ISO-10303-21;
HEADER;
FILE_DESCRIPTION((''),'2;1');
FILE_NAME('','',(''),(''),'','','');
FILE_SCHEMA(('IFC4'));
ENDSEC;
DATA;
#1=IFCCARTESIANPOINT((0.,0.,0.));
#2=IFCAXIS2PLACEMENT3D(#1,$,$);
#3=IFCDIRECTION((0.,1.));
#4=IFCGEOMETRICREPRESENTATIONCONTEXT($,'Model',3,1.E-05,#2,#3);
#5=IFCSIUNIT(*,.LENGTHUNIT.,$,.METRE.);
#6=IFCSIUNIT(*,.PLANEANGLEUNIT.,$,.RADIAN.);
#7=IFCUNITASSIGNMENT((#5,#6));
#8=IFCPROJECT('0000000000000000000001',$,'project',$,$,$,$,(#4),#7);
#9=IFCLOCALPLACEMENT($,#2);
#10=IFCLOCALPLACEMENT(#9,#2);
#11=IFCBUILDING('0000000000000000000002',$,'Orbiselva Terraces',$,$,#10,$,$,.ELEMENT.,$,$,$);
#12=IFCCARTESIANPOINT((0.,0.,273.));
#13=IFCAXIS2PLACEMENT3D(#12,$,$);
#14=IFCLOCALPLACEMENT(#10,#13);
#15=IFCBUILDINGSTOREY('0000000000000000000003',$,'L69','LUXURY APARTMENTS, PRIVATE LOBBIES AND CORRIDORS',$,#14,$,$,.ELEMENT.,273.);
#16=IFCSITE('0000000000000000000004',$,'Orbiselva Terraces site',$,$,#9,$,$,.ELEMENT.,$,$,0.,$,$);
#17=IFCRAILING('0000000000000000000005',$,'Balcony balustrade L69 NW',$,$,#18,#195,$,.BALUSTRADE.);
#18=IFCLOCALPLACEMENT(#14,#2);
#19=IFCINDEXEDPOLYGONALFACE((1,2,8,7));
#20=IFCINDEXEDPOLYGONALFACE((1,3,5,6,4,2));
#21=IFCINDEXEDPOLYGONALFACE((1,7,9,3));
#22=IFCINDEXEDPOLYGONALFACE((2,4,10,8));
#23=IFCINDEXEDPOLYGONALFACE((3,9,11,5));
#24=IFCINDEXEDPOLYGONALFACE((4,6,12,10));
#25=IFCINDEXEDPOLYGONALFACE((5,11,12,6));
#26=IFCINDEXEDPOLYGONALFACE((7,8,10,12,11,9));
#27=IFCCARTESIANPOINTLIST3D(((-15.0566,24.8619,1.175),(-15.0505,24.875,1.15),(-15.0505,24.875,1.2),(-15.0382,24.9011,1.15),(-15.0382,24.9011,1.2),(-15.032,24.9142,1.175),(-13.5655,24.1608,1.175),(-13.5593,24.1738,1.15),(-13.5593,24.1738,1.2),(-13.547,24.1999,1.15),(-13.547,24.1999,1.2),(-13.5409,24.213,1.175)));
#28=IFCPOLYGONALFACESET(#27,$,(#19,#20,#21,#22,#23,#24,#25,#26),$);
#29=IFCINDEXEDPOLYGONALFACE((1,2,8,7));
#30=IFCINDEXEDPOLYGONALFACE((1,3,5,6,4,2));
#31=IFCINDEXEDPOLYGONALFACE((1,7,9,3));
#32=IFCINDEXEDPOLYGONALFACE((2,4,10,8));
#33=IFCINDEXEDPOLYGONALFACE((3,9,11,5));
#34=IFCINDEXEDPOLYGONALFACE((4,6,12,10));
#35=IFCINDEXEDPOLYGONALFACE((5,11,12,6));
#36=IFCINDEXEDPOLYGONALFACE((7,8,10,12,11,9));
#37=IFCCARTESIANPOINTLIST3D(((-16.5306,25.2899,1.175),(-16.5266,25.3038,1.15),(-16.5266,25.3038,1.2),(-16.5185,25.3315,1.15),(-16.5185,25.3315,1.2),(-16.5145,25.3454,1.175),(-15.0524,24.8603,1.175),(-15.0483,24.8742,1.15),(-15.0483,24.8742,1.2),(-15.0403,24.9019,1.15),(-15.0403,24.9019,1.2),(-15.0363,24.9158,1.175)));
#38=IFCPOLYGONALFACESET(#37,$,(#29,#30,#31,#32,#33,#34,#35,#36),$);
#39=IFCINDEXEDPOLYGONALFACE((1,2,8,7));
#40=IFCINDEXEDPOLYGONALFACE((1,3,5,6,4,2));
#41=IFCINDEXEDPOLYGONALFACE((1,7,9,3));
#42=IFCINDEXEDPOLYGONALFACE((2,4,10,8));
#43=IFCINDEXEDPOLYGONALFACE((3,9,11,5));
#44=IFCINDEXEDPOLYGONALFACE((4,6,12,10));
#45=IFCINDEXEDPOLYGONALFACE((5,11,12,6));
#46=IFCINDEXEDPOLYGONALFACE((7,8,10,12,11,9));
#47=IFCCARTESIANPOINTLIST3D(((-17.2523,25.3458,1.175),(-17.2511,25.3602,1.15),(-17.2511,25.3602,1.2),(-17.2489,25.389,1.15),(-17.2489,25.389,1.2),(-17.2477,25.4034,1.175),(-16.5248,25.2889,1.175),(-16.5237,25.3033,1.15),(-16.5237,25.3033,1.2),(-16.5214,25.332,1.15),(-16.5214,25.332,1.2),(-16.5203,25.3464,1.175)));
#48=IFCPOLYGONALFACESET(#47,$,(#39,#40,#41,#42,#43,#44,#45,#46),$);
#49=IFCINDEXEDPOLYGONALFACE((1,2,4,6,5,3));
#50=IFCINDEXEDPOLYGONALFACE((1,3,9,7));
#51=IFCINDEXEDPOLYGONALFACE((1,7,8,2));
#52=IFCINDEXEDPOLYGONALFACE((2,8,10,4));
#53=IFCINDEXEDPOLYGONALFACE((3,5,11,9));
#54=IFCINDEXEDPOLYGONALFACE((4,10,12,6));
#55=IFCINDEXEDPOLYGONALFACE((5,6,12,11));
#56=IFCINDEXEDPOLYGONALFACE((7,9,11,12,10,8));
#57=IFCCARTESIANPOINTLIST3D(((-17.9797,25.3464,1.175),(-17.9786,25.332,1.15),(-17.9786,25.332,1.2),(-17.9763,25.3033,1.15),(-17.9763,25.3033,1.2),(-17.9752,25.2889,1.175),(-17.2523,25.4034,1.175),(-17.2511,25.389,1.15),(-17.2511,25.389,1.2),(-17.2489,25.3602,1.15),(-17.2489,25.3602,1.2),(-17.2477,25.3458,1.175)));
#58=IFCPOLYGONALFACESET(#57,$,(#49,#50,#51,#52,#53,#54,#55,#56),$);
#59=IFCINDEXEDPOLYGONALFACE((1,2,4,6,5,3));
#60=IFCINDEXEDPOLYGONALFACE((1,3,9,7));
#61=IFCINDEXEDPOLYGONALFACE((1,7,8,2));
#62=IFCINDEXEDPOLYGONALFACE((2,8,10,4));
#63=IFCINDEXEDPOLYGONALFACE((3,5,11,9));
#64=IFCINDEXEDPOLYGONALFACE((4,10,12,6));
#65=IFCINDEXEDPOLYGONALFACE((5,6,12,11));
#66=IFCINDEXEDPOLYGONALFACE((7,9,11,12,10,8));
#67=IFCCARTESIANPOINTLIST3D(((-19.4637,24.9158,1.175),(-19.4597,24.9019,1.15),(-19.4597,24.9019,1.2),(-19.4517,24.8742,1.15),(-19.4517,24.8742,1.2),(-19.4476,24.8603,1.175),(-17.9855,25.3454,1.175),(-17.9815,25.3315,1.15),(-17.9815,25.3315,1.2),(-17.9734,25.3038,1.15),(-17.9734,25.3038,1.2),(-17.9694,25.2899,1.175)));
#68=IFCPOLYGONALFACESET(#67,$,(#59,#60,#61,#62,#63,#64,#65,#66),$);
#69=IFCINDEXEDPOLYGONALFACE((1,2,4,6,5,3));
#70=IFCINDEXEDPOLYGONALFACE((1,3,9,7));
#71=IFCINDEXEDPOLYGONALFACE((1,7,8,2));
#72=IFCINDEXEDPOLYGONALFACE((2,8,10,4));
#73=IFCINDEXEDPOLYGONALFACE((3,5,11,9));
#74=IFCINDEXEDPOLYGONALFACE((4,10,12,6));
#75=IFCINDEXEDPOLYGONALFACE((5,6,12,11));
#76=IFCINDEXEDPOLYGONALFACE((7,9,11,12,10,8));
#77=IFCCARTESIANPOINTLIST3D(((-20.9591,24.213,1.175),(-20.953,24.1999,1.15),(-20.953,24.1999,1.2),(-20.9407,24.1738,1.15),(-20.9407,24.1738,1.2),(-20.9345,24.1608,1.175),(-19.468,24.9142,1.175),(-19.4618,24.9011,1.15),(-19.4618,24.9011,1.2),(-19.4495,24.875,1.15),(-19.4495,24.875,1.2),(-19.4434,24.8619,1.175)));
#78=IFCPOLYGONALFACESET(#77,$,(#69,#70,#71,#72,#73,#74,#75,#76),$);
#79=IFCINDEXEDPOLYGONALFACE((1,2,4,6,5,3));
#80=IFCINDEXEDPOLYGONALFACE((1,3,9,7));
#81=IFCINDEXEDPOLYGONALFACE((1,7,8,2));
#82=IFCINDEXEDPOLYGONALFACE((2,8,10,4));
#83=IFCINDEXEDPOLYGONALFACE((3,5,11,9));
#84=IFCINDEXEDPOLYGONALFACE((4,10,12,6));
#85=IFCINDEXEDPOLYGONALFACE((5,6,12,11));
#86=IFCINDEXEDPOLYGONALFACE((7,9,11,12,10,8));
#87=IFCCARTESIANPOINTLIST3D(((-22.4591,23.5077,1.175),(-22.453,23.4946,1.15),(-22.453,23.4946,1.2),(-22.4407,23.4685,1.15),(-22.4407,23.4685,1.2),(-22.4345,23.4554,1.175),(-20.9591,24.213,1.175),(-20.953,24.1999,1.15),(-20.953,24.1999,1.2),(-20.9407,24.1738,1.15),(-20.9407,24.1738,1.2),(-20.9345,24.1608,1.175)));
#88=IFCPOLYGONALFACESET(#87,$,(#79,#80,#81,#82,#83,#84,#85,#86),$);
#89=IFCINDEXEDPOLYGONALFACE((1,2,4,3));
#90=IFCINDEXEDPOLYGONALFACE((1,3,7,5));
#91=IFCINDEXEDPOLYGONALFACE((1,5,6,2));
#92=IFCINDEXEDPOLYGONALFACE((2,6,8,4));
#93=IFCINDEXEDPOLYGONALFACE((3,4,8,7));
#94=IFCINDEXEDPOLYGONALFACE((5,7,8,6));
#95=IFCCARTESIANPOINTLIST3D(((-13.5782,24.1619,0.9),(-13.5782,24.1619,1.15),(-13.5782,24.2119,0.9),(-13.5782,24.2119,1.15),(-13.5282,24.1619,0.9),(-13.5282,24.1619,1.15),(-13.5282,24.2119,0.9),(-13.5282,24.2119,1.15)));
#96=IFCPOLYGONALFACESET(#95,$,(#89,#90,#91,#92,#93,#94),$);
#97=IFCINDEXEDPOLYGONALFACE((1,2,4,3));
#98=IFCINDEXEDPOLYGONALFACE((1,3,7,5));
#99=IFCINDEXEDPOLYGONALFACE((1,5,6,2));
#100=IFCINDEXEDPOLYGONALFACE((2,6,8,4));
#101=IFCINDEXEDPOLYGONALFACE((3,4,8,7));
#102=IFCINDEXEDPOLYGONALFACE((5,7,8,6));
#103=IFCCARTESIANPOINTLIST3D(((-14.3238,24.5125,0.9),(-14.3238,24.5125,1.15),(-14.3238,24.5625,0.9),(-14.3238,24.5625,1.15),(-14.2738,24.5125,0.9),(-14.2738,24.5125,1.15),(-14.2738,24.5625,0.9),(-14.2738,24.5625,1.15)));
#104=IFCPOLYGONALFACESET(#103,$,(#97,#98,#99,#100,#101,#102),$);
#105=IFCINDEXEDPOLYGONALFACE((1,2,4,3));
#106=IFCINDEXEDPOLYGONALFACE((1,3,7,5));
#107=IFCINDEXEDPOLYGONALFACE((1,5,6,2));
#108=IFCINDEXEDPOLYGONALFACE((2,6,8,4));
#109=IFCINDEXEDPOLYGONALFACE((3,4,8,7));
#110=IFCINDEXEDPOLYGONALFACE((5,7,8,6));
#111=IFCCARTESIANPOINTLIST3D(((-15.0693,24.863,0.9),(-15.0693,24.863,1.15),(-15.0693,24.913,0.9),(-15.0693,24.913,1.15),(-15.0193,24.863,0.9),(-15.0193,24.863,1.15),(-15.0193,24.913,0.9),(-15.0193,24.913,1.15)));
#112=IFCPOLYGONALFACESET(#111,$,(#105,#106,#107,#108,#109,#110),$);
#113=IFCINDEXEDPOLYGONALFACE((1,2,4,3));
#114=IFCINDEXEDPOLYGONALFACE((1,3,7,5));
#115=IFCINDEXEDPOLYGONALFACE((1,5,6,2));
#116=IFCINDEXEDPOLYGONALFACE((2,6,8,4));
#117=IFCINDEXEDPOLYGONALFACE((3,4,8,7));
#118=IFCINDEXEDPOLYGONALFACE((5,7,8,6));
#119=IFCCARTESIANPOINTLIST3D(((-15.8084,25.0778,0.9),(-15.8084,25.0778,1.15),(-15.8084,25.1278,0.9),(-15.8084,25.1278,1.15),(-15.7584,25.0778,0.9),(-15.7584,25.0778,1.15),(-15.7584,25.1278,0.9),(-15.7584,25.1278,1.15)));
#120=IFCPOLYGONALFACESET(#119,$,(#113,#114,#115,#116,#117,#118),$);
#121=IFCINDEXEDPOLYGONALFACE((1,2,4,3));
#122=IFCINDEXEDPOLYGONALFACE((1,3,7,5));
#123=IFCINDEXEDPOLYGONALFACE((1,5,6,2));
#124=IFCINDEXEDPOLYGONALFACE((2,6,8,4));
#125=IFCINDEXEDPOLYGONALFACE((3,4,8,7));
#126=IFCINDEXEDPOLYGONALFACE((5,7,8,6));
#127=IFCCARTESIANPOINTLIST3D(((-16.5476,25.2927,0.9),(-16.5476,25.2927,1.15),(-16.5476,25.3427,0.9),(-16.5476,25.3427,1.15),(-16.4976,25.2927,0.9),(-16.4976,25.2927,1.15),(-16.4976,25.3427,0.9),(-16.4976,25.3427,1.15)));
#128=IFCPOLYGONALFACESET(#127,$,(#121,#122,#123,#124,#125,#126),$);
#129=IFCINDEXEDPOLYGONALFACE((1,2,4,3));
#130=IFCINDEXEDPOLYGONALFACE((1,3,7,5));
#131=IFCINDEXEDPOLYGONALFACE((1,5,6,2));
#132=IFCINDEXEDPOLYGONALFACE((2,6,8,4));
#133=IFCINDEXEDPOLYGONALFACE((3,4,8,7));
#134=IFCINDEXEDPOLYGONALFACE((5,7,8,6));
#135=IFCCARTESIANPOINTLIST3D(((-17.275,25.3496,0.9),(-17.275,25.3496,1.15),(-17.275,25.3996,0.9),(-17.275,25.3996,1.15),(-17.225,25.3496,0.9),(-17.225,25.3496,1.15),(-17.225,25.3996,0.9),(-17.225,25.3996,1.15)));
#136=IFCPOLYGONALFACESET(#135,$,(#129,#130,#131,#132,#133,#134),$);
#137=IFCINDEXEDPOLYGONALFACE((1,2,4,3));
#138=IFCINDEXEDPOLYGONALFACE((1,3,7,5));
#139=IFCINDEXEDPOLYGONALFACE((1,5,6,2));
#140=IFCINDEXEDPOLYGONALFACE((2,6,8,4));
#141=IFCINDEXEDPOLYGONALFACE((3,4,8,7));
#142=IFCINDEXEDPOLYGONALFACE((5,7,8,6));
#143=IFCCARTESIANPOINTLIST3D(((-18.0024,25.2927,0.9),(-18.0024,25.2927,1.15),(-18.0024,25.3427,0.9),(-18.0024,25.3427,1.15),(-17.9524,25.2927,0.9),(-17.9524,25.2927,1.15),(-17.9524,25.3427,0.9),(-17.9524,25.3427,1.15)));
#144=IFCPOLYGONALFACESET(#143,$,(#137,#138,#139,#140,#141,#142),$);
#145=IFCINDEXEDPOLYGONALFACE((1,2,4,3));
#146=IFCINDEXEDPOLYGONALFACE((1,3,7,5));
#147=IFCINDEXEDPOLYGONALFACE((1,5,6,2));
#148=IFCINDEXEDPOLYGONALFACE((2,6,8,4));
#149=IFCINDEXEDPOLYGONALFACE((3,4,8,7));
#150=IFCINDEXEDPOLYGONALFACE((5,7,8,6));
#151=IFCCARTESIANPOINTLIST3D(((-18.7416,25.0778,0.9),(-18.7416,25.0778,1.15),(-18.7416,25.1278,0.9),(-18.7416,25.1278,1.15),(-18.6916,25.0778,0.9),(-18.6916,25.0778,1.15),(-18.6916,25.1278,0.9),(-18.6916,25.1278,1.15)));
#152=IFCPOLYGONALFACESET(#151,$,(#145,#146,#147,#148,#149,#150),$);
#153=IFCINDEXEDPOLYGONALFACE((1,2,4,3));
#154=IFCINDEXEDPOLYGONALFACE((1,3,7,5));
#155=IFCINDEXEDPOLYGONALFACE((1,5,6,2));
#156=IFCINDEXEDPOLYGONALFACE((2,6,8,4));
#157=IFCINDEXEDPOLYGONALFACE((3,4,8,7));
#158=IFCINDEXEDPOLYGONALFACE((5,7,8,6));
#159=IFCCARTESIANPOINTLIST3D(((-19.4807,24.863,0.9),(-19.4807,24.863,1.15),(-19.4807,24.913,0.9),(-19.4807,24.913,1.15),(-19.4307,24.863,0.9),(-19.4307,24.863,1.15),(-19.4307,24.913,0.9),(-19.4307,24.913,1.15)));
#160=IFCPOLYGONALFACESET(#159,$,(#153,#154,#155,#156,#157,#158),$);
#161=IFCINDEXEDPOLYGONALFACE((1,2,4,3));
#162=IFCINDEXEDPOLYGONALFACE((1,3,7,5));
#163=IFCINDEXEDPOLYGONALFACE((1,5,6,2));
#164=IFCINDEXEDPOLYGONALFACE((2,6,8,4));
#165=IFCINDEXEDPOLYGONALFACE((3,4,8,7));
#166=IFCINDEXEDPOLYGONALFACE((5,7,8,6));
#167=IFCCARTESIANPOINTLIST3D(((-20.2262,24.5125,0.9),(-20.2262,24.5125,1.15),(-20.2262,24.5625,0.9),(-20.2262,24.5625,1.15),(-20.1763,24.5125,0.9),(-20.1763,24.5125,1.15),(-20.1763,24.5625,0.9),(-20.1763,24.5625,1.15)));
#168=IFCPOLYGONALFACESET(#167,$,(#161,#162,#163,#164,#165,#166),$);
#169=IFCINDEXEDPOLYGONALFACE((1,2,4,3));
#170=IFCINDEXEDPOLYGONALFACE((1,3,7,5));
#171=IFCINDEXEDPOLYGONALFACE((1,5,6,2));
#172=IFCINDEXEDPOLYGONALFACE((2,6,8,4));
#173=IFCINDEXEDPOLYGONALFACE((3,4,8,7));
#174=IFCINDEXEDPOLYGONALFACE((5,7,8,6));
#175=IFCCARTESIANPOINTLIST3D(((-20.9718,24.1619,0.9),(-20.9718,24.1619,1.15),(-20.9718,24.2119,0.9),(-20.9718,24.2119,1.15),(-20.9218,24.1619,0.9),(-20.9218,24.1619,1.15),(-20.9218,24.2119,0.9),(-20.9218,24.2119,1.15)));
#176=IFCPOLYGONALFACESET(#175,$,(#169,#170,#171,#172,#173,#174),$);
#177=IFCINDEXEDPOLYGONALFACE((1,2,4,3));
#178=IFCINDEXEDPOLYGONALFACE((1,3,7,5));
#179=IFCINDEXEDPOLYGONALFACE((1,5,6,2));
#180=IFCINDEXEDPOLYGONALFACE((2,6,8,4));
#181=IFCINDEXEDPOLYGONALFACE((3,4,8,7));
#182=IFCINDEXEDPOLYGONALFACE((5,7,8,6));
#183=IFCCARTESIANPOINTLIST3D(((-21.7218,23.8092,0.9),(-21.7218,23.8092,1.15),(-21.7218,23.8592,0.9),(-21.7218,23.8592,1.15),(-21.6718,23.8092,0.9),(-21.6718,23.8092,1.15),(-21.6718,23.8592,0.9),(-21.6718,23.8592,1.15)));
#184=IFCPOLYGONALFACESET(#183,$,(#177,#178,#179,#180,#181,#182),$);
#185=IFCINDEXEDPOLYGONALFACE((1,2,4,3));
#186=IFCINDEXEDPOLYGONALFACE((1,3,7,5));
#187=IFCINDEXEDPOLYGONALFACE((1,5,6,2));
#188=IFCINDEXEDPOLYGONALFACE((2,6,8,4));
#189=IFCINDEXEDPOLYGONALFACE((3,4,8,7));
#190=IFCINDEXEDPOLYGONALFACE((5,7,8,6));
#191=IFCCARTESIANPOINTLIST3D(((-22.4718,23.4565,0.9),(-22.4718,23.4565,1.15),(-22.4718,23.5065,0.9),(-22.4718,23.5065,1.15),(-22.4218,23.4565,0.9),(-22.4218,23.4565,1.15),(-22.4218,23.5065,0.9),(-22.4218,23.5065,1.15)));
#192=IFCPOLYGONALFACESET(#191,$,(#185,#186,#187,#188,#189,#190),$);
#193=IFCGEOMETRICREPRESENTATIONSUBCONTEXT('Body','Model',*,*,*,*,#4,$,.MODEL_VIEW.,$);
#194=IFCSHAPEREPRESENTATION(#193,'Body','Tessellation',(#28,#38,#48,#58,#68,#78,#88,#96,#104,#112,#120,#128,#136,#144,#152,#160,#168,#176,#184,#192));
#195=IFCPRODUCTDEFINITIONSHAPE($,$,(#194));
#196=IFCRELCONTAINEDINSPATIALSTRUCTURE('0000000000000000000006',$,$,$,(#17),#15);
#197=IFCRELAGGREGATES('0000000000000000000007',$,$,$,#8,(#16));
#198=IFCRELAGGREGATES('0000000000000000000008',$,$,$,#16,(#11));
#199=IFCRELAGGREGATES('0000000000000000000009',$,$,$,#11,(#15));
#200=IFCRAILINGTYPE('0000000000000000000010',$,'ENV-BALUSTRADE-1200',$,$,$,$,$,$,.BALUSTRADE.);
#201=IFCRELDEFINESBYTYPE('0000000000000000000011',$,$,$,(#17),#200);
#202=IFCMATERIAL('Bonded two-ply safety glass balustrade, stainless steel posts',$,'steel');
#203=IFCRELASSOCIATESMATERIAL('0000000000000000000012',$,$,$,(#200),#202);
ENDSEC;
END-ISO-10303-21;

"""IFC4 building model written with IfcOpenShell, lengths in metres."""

from ifc_helpers import new_model, si_unit, direction, frame, origin, origin_2d, place, context, subcontext, project, spatial, polyline, rectangle, outline, extrude, material, type_object, element, save


model = new_model("IFC4")

# Units and contexts
model_context = context("Model", 3, precision=1e-05, world=origin(), true_north=direction((0.0, 1.0)))
body_context = subcontext(model_context, "Body", "Model", "MODEL_VIEW")
ifc_project = project(units=[si_unit("LENGTHUNIT", "METRE"), si_unit("PLANEANGLEUNIT", "RADIAN")], contexts=[model_context])

# Site, building, storey
site_placement = place(None, origin())
site = spatial("IfcSite", under=ifc_project, at=site_placement, Name="Orbiselva Terraces site", CompositionType="ELEMENT", RefElevation=0.0)
building_placement = place(site_placement, origin())
building = spatial("IfcBuilding", under=site, at=building_placement, Name="Orbiselva Terraces", CompositionType="ELEMENT")
storey_placement = place(building_placement, frame((0.0, 0.0, 273.0)))
storey = spatial("IfcBuildingStorey", under=building, at=storey_placement, Name="L69", Description="LUXURY APARTMENTS, PRIVATE LOBBIES AND CORRIDORS", CompositionType="ELEMENT", Elevation=273.0)

# Railing
ifc_material_1 = material(Name="Bonded two-ply safety glass balustrade, stainless steel posts", Category="steel")
railing_type_1 = type_object("IfcRailingType", Name="ENV-BALUSTRADE-1200", PredefinedType="BALUSTRADE", material=ifc_material_1)
railing_1_placement = place(storey_placement, frame((-13.5532, 24.1869, 0.9)))
element("IfcRailing", 1, at=railing_1_placement, inside=storey, type_object=railing_type_1, Name="Balcony balustrade L69 NW", PredefinedType="BALUSTRADE", context=body_context, shape_type="SweptSolid", body=[
    extrude(outline(polyline([(0.0289, 0.0), (0.0144, 0.025), (-0.0144, 0.025), (-0.0289, 0.0), (-0.0144, -0.025), (0.0144, -0.025), (0.0289, 0.0)])), frame((0.0, 0.0, 0.275), z_axis=(-0.904944, 0.42553, 0.0), x_axis=(-0.42553, -0.904944, 0.0)), (0.0, 0.0, 1.0), 1.6477),
    extrude(outline(polyline([(0.0289, 0.0), (0.0144, 0.025), (-0.0144, 0.025), (-0.0289, 0.0), (-0.0144, -0.025), (0.0144, -0.025), (0.0289, 0.0)])), frame((-1.4911, 0.7012, 0.275), z_axis=(-0.96027, 0.279072, 0.0), x_axis=(-0.279072, -0.96027, 0.0)), (0.0, 0.0, 1.0), 1.5394),
    extrude(outline(polyline([(0.0289, 0.0), (0.0144, 0.025), (-0.0144, 0.025), (-0.0289, 0.0), (-0.0144, -0.025), (0.0144, -0.025), (0.0289, 0.0)])), frame((-2.9694, 1.1308, 0.275), z_axis=(-0.996948, 0.07807, 0.0), x_axis=(-0.07807, -0.996948, 0.0)), (0.0, 0.0, 1.0), 0.7297),
    extrude(outline(polyline([(0.0289, 0.0), (0.0144, 0.025), (-0.0144, 0.025), (-0.0289, 0.0), (-0.0144, -0.025), (0.0144, -0.025), (0.0289, 0.0)])), frame((-3.6968, 1.1877, 0.275), z_axis=(-0.996948, -0.07807, 0.0), x_axis=(0.07807, -0.996948, 0.0)), (0.0, 0.0, 1.0), 0.7297),
    extrude(outline(polyline([(0.0289, 0.0), (0.0144, 0.025), (-0.0144, 0.025), (-0.0289, 0.0), (-0.0144, -0.025), (0.0144, -0.025), (0.0289, 0.0)])), frame((-4.4243, 1.1308, 0.275), z_axis=(-0.96027, -0.279072, 0.0), x_axis=(0.279072, -0.96027, 0.0)), (0.0, 0.0, 1.0), 1.5394),
    extrude(outline(polyline([(0.0289, 0.0), (0.0144, 0.025), (-0.0144, 0.025), (-0.0289, 0.0), (-0.0144, -0.025), (0.0144, -0.025), (0.0289, 0.0)])), frame((-5.9025, 0.7012, 0.275), z_axis=(-0.904944, -0.42553, 0.0), x_axis=(0.42553, -0.904944, 0.0)), (0.0, 0.0, 1.0), 1.6477),
    extrude(outline(polyline([(0.0289, 0.0), (0.0144, 0.025), (-0.0144, 0.025), (-0.0289, 0.0), (-0.0144, -0.025), (0.0144, -0.025), (0.0289, 0.0)])), frame((-7.3936, 0.0, 0.275), z_axis=(-0.904944, -0.42553, 0.0), x_axis=(0.42553, -0.904944, 0.0)), (0.0, 0.0, 1.0), 1.6576),
    extrude(rectangle(XDim=0.05, YDim=0.05, at=origin_2d()), origin(), (0.0, 0.0, 1.0), 0.25),
    extrude(rectangle(XDim=0.05, YDim=0.05, at=origin_2d()), frame((-0.7456, 0.3506, 0.0)), (0.0, 0.0, 1.0), 0.25),
    extrude(rectangle(XDim=0.05, YDim=0.05, at=origin_2d()), frame((-1.4911, 0.7012, 0.0)), (0.0, 0.0, 1.0), 0.25),
    extrude(rectangle(XDim=0.05, YDim=0.05, at=origin_2d()), frame((-2.2302, 0.916, 0.0)), (0.0, 0.0, 1.0), 0.25),
    extrude(rectangle(XDim=0.05, YDim=0.05, at=origin_2d()), frame((-2.9694, 1.1308, 0.0)), (0.0, 0.0, 1.0), 0.25),
    extrude(rectangle(XDim=0.05, YDim=0.05, at=origin_2d()), frame((-3.6968, 1.1877, 0.0)), (0.0, 0.0, 1.0), 0.25),
    extrude(rectangle(XDim=0.05, YDim=0.05, at=origin_2d()), frame((-4.4243, 1.1308, 0.0)), (0.0, 0.0, 1.0), 0.25),
    extrude(rectangle(XDim=0.05, YDim=0.05, at=origin_2d()), frame((-5.1634, 0.916, 0.0)), (0.0, 0.0, 1.0), 0.25),
    extrude(rectangle(XDim=0.05, YDim=0.05, at=origin_2d()), frame((-5.9025, 0.7012, 0.0)), (0.0, 0.0, 1.0), 0.25),
    extrude(rectangle(XDim=0.05, YDim=0.05, at=origin_2d()), frame((-6.6481, 0.3506, 0.0)), (0.0, 0.0, 1.0), 0.25),
    extrude(rectangle(XDim=0.05, YDim=0.05, at=origin_2d()), frame((-7.3936, 0.0, 0.0)), (0.0, 0.0, 1.0), 0.25),
    extrude(rectangle(XDim=0.05, YDim=0.05, at=origin_2d()), frame((-8.1436, -0.3527, 0.0)), (0.0, 0.0, 1.0), 0.25),
    extrude(rectangle(XDim=0.05, YDim=0.05, at=origin_2d()), frame((-8.8936, -0.7053, 0.0)), (0.0, 0.0, 1.0), 0.25),
])

save(model, "model.ifc")
